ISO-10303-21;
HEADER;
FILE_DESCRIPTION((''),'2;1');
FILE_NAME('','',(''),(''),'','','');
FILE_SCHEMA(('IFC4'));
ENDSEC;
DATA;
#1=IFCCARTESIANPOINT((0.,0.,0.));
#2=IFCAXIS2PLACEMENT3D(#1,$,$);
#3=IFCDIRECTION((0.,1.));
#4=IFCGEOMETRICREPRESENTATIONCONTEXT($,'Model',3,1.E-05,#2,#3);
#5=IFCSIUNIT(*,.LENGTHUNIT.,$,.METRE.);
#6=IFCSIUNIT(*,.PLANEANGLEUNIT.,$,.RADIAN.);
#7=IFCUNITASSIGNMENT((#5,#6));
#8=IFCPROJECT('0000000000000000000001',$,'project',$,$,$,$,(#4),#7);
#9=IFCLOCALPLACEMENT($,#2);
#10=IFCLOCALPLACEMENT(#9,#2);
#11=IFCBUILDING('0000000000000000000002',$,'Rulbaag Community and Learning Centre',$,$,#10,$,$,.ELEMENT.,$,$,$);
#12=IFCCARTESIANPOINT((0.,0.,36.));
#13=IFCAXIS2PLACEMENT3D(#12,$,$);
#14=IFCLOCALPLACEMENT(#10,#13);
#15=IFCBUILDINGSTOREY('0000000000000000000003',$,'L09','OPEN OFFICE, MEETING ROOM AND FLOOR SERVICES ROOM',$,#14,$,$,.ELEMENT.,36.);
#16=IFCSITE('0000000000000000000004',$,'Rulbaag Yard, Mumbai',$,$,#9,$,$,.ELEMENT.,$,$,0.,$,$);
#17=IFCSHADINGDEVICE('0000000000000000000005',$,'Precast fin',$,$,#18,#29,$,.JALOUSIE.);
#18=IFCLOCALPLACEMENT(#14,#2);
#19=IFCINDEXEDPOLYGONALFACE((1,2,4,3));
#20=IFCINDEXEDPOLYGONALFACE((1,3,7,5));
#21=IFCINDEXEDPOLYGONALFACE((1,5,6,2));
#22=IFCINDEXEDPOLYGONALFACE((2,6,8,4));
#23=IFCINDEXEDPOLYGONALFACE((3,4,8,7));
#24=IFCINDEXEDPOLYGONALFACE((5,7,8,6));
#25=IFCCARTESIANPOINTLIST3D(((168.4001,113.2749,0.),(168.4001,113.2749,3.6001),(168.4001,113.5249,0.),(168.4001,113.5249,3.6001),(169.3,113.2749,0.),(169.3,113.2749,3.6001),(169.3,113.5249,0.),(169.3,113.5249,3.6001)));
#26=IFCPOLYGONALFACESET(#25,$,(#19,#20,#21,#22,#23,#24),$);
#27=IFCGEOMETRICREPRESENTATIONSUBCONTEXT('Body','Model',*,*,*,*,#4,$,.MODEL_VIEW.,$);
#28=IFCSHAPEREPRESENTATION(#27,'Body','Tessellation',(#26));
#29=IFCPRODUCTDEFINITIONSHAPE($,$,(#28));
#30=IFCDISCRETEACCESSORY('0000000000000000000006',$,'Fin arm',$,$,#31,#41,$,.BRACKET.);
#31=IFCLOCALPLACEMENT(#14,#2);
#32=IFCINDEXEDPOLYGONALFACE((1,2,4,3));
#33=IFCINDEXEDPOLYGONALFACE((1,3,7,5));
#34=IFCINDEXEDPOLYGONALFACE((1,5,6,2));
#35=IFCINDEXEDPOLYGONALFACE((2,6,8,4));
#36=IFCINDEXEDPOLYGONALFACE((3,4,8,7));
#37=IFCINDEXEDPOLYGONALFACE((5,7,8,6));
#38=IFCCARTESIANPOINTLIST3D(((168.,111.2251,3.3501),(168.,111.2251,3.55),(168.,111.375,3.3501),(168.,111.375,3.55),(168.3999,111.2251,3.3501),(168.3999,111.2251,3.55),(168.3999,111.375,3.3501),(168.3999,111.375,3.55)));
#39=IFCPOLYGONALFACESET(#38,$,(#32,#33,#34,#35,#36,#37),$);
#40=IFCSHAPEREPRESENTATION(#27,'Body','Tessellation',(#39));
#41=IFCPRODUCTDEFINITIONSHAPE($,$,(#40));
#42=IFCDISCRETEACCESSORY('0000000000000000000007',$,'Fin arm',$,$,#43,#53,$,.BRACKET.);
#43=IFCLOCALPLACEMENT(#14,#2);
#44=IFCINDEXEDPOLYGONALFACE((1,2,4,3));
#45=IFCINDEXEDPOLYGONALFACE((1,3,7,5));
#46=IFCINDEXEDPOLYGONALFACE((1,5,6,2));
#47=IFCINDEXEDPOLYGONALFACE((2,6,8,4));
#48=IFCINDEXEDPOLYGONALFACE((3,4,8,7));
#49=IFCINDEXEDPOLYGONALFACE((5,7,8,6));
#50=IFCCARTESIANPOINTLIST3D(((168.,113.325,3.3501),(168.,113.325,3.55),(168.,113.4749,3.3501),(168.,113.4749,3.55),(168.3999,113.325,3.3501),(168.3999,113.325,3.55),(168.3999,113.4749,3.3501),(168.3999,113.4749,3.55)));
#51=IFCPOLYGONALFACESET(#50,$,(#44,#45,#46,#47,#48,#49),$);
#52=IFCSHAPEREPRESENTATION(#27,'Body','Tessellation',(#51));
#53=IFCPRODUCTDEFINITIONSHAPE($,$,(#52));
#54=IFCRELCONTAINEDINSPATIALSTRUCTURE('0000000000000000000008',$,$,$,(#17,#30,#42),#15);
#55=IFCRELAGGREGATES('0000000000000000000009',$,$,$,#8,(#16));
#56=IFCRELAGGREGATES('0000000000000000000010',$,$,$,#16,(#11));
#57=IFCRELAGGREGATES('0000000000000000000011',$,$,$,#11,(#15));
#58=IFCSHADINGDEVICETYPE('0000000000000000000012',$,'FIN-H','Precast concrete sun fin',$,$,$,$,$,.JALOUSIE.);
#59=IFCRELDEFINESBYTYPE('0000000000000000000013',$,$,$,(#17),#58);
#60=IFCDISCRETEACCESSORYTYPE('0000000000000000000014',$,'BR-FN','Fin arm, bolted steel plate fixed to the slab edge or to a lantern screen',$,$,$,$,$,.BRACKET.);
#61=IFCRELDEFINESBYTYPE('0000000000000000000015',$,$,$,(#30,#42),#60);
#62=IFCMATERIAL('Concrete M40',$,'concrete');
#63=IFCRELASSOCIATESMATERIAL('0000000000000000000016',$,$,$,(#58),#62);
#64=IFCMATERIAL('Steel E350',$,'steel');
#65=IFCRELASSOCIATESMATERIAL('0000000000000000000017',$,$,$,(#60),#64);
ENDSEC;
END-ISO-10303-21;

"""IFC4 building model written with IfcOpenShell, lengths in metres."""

from ifc_helpers import new_model, si_unit, direction, frame, origin, origin_2d, place, context, subcontext, project, spatial, rectangle, extrude, material, material_profile, profile_set, type_object, element, save


model = new_model("IFC4")

# Units and contexts
model_context = context("Model", 3, precision=1e-05, world=origin(), true_north=direction((0.0, 1.0)))
body_context = subcontext(model_context, "Body", "Model", "MODEL_VIEW")
ifc_project = project(units=[si_unit("LENGTHUNIT", "METRE"), si_unit("PLANEANGLEUNIT", "RADIAN")], contexts=[model_context])

# Site, building, storey
site_placement = place(None, origin())
site = spatial("IfcSite", under=ifc_project, at=site_placement, Name="Rulbaag Yard, Mumbai", CompositionType="ELEMENT", RefElevation=0.0)
building_placement = place(site_placement, origin())
building = spatial("IfcBuilding", under=site, at=building_placement, Name="Rulbaag Community and Learning Centre", CompositionType="ELEMENT")
storey_placement = place(building_placement, frame((0.0, 0.0, 36.0)))
storey = spatial("IfcBuildingStorey", under=building, at=storey_placement, Name="L09", Description="OPEN OFFICE, MEETING ROOM AND FLOOR SERVICES ROOM", CompositionType="ELEMENT", Elevation=36.0)

# Shading device
ifc_material_1 = material(Name="Concrete M40", Category="concrete")
ifc_material_profile_1 = material_profile(ifc_material_1, rectangle(XDim=0.25, YDim=0.8999, at=origin_2d()), Name="PC 250x900")
ifc_profile_set_1 = profile_set([ifc_material_profile_1], Name="Concrete M40")
shading_device_type = type_object("IfcShadingDeviceType", Name="FIN-H", Description="Precast concrete sun fin", PredefinedType="JALOUSIE", material=ifc_profile_set_1)
for number, where, z_axis, x_axis, name in (
    (1, (168.8501, 113.3999, 0.0), (0.0, 0.0, 1.0), (0.0, 1.0, 0.0), "Precast fin"),
):
    element("IfcShadingDevice", number, at=place(storey_placement, frame(where, z_axis=z_axis, x_axis=x_axis)), inside=storey, type_object=shading_device_type, Name=name, PredefinedType="JALOUSIE", context=body_context, shape_type="SweptSolid", body=[
        extrude(rectangle(XDim=0.25, YDim=0.8999, at=origin_2d()), origin(), (0.0, 0.0, 1.0), 3.6001),
    ])

# Discrete accessories
ifc_material_2 = material(Name="Steel E350", Category="steel")
discrete_accessory_type = type_object("IfcDiscreteAccessoryType", Name="BR-FN", Description="Fin arm, bolted steel plate fixed to the slab edge or to a lantern screen", PredefinedType="BRACKET", material=ifc_material_2)
for number, where, z_axis, x_axis, name in (
    (2, (168.2, 111.3, 3.3501), (0.0, 0.0, 1.0), (1.0, 0.0, 0.0), "Fin arm"),
    (3, (168.2, 113.3999, 3.3501), (0.0, 0.0, 1.0), (1.0, 0.0, 0.0), "Fin arm"),
):
    element("IfcDiscreteAccessory", number, at=place(storey_placement, frame(where, z_axis=z_axis, x_axis=x_axis)), inside=storey, type_object=discrete_accessory_type, Name=name, PredefinedType="BRACKET", context=body_context, shape_type="SweptSolid", body=[
        extrude(rectangle(XDim=0.3999, YDim=0.1499, at=origin_2d()), origin(), (0.0, 0.0, 1.0), 0.2),
    ])

save(model, "model.ifc")
